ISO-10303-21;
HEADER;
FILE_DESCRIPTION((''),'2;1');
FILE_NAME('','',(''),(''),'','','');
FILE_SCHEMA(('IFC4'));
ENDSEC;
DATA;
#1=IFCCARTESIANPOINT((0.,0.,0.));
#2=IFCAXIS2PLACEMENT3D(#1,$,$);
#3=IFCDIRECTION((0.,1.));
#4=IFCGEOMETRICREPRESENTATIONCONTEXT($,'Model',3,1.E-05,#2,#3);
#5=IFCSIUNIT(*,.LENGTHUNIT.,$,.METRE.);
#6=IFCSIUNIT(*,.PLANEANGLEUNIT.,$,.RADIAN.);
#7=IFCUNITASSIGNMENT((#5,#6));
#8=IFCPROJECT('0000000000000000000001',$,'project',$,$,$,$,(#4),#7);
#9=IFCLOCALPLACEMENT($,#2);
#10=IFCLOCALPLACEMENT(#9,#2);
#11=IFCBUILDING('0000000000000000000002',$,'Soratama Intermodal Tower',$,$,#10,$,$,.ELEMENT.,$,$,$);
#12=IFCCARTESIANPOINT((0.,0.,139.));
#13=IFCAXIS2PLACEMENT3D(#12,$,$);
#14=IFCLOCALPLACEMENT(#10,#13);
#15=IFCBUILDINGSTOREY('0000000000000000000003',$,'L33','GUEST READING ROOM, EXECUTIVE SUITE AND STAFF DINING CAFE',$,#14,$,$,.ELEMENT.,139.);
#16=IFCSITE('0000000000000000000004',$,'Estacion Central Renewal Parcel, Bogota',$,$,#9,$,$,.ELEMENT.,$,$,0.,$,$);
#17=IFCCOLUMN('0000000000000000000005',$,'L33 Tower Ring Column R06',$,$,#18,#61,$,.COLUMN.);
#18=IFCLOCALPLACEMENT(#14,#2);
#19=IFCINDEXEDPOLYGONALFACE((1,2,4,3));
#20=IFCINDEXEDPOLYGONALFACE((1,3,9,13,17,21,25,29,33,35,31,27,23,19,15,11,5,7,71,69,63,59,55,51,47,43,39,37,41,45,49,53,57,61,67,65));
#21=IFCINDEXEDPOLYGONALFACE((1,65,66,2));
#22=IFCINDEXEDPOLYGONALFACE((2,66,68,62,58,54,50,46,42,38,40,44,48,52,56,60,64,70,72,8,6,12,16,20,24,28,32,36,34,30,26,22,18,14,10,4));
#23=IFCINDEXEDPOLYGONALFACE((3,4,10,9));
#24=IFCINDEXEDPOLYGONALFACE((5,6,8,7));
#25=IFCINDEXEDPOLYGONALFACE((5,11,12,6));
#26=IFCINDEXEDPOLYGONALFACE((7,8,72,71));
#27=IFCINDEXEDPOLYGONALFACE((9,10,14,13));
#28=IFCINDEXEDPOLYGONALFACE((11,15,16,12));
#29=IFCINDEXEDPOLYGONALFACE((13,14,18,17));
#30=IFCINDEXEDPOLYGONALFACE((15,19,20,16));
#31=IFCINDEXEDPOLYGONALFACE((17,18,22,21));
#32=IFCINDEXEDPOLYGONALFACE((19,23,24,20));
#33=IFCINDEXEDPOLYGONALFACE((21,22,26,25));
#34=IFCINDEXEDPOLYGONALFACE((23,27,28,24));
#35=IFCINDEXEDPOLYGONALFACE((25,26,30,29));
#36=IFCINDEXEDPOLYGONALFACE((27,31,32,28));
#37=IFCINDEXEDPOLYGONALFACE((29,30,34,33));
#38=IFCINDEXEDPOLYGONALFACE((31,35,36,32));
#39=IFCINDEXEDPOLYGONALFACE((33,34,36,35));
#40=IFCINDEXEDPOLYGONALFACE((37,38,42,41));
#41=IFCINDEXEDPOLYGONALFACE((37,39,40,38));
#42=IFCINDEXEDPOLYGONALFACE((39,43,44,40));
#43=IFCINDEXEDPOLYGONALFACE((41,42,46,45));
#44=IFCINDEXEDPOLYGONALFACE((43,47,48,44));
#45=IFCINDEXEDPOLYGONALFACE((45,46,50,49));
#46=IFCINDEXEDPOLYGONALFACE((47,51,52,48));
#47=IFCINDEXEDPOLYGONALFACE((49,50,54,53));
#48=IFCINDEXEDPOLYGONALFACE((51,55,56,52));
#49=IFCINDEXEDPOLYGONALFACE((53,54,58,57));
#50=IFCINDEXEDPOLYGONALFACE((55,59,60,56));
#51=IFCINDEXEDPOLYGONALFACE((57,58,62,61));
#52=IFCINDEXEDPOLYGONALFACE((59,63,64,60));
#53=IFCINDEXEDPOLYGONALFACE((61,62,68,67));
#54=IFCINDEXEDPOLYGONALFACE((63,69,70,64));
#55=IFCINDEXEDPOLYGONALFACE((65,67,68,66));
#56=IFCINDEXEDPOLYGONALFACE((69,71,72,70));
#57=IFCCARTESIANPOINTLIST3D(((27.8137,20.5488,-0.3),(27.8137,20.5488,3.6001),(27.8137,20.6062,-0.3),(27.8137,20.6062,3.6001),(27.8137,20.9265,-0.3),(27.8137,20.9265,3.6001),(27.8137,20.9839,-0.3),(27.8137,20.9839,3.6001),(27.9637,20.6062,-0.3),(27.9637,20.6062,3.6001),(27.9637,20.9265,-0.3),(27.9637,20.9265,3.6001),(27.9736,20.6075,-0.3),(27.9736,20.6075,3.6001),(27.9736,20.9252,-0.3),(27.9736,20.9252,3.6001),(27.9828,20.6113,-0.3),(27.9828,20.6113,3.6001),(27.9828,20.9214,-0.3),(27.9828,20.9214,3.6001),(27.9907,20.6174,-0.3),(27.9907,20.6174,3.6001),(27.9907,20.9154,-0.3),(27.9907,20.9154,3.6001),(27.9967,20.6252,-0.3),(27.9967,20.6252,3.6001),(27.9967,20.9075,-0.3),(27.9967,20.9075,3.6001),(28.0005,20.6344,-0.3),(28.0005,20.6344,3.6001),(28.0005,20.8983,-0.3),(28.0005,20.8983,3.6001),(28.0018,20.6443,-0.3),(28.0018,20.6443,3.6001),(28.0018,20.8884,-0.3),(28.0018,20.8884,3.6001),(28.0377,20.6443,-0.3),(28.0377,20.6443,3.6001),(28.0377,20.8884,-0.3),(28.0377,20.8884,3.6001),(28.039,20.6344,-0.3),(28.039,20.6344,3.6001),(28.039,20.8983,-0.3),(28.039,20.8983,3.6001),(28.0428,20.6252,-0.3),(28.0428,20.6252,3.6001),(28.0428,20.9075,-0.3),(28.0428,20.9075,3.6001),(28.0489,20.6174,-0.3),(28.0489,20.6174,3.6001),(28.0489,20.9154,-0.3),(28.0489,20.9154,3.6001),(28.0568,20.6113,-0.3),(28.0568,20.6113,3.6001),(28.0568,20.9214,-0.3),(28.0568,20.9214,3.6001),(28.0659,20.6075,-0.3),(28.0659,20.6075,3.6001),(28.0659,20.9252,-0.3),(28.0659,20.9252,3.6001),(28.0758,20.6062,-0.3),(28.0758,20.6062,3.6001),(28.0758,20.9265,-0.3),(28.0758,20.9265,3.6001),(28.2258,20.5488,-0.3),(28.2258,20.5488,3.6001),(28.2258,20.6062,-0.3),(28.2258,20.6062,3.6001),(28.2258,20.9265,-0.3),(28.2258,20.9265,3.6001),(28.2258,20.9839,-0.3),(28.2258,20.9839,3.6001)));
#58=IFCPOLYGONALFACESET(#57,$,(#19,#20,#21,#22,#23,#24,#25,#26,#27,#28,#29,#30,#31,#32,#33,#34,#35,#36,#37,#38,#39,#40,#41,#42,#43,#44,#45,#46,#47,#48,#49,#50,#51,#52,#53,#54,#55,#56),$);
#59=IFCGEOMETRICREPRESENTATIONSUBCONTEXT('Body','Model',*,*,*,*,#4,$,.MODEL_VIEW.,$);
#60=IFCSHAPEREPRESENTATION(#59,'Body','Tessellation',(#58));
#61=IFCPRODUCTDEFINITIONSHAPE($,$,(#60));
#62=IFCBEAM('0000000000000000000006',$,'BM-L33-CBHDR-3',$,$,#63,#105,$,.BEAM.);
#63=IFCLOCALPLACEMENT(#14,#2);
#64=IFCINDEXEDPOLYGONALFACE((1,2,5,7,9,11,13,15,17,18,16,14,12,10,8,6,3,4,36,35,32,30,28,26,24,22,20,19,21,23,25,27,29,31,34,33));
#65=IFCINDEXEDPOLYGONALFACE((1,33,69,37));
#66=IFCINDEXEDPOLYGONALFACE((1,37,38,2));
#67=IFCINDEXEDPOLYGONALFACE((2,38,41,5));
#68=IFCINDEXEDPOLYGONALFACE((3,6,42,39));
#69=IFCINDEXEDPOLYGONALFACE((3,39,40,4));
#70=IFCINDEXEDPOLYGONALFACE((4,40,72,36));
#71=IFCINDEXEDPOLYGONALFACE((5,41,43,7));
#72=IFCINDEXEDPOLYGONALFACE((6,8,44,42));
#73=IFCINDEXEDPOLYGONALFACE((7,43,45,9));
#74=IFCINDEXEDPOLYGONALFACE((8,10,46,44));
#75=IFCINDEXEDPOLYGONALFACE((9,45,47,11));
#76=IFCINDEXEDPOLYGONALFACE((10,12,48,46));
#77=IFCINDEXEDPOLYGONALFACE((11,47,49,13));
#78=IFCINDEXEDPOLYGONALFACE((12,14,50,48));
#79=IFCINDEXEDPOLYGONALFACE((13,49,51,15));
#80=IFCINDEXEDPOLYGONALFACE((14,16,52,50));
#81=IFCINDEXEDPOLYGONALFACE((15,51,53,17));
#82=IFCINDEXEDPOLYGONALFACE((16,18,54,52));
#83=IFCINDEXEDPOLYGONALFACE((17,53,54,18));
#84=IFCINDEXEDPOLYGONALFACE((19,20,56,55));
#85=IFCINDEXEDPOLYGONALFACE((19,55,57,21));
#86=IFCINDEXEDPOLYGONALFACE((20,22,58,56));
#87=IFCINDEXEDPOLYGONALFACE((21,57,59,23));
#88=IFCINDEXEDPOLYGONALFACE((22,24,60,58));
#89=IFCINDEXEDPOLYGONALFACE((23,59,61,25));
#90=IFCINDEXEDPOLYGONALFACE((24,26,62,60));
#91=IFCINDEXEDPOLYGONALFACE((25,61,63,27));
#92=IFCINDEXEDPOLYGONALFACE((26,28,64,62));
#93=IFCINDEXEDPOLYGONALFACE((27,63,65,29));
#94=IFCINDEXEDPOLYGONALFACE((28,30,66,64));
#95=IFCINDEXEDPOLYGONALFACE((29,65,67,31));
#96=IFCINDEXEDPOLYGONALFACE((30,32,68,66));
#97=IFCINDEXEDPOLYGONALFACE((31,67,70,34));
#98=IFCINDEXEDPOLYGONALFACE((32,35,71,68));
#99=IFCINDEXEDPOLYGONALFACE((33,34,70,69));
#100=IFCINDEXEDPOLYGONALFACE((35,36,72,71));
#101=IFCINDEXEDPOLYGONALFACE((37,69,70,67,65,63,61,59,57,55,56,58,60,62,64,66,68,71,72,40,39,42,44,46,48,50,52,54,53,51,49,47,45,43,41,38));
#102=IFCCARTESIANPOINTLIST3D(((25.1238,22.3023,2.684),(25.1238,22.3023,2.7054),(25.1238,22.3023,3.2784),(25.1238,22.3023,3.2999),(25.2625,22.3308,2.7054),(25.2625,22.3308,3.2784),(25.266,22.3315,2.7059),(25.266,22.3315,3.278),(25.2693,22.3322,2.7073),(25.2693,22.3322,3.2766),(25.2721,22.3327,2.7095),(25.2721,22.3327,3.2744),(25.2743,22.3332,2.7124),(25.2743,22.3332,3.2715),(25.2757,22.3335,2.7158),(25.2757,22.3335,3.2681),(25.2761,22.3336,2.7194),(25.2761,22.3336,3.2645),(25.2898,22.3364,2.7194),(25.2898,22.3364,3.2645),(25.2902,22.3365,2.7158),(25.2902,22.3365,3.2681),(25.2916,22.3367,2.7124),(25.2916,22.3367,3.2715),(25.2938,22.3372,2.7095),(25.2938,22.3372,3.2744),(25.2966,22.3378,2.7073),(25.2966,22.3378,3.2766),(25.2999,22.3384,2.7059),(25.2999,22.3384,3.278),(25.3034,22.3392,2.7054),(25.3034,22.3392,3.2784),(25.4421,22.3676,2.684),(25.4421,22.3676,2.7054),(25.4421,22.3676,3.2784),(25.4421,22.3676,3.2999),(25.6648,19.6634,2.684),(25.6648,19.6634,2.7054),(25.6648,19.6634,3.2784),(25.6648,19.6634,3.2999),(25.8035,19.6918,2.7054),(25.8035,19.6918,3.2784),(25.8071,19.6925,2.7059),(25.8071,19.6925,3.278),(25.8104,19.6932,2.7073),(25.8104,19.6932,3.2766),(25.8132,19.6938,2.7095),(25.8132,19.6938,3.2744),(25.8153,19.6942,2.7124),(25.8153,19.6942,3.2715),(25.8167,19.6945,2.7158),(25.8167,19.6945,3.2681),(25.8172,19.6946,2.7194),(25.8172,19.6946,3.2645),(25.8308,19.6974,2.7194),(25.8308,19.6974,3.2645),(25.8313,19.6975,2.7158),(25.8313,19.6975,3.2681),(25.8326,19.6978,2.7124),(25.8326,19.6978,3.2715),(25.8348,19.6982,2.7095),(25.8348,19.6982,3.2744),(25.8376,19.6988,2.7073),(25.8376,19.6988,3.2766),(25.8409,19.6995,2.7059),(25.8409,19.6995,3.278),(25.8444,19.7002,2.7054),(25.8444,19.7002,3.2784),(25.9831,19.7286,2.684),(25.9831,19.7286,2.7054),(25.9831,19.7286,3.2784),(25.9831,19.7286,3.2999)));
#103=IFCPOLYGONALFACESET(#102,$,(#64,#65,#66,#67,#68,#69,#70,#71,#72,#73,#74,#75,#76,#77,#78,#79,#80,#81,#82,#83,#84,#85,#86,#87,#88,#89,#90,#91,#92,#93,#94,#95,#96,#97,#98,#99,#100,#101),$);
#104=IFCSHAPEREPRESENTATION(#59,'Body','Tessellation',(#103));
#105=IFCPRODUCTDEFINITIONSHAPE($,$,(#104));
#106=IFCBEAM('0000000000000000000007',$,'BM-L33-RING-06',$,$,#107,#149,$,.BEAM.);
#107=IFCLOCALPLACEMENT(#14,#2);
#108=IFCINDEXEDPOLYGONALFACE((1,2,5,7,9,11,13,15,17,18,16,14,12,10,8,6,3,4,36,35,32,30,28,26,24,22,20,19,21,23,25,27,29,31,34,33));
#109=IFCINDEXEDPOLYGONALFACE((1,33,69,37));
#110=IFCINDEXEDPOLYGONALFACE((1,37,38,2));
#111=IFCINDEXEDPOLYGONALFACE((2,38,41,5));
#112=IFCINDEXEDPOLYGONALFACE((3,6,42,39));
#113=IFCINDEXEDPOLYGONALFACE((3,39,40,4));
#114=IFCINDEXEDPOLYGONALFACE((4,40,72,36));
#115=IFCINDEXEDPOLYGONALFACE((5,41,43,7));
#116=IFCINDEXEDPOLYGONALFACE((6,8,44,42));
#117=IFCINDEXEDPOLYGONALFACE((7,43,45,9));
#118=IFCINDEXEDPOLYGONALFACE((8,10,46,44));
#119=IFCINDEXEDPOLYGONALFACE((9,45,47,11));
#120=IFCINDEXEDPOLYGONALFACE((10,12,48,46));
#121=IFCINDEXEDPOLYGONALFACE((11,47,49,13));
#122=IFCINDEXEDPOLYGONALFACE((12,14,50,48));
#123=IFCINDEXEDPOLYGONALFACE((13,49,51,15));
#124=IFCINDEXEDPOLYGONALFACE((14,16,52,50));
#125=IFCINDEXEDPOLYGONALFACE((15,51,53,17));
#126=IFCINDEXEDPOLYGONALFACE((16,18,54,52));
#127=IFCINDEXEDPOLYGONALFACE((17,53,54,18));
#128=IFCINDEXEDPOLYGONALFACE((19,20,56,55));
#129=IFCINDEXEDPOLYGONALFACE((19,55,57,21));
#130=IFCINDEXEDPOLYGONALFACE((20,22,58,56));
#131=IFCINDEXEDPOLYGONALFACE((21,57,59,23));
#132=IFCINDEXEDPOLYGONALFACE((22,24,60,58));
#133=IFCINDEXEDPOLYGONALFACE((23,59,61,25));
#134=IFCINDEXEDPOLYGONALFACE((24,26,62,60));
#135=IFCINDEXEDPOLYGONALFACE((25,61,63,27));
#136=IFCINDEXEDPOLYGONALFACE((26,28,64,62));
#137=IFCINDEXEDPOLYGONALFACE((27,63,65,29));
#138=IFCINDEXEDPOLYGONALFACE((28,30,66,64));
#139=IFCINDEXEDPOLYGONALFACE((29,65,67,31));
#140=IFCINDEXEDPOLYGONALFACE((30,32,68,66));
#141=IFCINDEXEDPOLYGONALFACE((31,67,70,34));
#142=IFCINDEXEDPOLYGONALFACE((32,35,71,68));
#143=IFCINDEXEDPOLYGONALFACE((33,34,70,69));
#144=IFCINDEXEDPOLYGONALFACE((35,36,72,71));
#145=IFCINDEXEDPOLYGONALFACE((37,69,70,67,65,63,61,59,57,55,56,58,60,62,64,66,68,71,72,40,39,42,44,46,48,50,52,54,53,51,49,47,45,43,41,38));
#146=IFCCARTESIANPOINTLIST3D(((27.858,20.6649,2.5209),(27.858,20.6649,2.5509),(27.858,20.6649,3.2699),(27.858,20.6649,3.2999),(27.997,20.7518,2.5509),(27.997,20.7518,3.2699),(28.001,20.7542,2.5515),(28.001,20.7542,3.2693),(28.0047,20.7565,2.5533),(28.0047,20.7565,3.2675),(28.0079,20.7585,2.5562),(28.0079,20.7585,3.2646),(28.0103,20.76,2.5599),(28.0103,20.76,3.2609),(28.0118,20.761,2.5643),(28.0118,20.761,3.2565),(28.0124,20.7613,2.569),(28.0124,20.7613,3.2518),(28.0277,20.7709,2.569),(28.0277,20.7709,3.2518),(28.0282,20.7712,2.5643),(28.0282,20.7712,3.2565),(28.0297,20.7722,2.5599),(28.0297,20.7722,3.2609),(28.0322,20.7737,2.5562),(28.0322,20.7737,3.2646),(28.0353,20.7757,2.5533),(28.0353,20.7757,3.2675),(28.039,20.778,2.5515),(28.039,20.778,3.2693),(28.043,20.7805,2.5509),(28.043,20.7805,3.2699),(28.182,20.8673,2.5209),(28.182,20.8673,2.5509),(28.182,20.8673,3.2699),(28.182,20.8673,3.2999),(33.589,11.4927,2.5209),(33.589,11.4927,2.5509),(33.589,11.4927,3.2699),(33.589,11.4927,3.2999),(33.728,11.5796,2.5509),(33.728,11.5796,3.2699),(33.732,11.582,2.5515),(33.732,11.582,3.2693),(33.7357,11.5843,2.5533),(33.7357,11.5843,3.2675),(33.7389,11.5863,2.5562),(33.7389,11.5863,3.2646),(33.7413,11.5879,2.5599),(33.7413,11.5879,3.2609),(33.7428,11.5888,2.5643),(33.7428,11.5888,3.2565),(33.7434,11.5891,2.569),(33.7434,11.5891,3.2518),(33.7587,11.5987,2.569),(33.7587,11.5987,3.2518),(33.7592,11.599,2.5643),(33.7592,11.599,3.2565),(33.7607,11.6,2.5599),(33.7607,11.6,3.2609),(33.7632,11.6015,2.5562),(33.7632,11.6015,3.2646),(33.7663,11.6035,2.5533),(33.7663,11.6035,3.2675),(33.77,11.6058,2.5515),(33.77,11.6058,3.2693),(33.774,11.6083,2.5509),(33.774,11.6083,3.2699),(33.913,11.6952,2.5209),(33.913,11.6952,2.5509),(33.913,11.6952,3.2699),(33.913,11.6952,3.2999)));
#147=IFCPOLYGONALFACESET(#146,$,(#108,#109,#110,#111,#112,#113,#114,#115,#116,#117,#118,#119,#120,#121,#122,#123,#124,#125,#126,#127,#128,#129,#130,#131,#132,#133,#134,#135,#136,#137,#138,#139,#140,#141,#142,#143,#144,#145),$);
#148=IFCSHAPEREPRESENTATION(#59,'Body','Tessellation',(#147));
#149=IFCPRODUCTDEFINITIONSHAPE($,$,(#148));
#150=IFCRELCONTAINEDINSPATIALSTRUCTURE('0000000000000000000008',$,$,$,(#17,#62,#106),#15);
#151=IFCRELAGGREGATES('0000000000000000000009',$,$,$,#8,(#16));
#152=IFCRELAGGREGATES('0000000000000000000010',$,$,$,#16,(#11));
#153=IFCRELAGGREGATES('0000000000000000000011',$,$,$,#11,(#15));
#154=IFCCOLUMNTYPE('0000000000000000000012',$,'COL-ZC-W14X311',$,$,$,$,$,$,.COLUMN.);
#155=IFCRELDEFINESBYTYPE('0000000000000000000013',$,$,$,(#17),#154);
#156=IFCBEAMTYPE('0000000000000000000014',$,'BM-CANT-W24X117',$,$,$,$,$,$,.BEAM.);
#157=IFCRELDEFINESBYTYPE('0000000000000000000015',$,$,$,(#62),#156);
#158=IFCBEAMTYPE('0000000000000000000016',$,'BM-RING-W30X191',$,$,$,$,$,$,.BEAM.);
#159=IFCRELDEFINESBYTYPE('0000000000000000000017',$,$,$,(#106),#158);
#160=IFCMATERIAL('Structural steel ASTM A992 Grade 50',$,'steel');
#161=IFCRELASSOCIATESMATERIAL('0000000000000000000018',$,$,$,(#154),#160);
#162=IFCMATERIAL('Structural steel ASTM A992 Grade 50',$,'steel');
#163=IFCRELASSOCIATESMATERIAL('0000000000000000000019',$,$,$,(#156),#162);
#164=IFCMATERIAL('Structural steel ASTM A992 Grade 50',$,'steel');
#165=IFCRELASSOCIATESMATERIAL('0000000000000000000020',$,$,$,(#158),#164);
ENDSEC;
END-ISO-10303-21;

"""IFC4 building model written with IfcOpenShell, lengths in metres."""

from ifc_helpers import new_model, si_unit, direction, frame, origin, origin_2d, place, context, subcontext, project, spatial, i_section, extrude, material, material_profile, profile_set, type_object, element, save


model = new_model("IFC4")

# Units and contexts
model_context = context("Model", 3, precision=1e-05, world=origin(), true_north=direction((0.0, 1.0)))
body_context = subcontext(model_context, "Body", "Model", "MODEL_VIEW")
ifc_project = project(units=[si_unit("LENGTHUNIT", "METRE"), si_unit("PLANEANGLEUNIT", "RADIAN")], contexts=[model_context])

# Site, building, storey
site_placement = place(None, origin())
site = spatial("IfcSite", under=ifc_project, at=site_placement, Name="Estacion Central Renewal Parcel, Bogota", CompositionType="ELEMENT", RefElevation=0.0)
building_placement = place(site_placement, origin())
building = spatial("IfcBuilding", under=site, at=building_placement, Name="Soratama Intermodal Tower", CompositionType="ELEMENT")
storey_placement = place(building_placement, frame((0.0, 0.0, 139.0)))
storey = spatial("IfcBuildingStorey", under=building, at=storey_placement, Name="L33", Description="GUEST READING ROOM, EXECUTIVE SUITE AND STAFF DINING CAFE", CompositionType="ELEMENT", Elevation=139.0)

# Column
ifc_material_1 = material(Name="Structural steel ASTM A992 Grade 50", Category="steel")
ifc_material_profile_1 = material_profile(ifc_material_1, i_section(OverallWidth=0.4121, OverallDepth=0.4351, WebThickness=0.0359, FlangeThickness=0.0574, FilletRadius=0.0381, at=origin_2d()), Name="W14X311")
ifc_profile_set_1 = profile_set([ifc_material_profile_1], Name="Structural steel ASTM A992 Grade 50")
column_type = type_object("IfcColumnType", Name="COL-ZC-W14X311", PredefinedType="COLUMN", material=ifc_profile_set_1)
column_placement = place(storey_placement, frame((28.0198, 20.7664, -0.3), z_axis=(0.0, 0.0, 1.0), x_axis=(1.0, 0.0, 0.0)))
element("IfcColumn", 1, at=column_placement, inside=storey, type_object=column_type, Name="L33 Tower Ring Column R06", PredefinedType="COLUMN", context=body_context, shape_type="SweptSolid", body=[
    extrude(i_section(OverallWidth=0.4121, OverallDepth=0.4351, WebThickness=0.0359, FlangeThickness=0.0574, FilletRadius=0.0381, at=origin_2d()), origin(), (0.0, 0.0, 1.0), 3.9001),
])

# Beams
ifc_material_2 = material(Name="Structural steel ASTM A992 Grade 50", Category="steel")
ifc_material_profile_2 = material_profile(ifc_material_2, i_section(OverallWidth=0.325, OverallDepth=0.616, WebThickness=0.0139, FlangeThickness=0.0215, FilletRadius=0.0139, at=origin_2d()), Name="W24X117")
ifc_profile_set_2 = profile_set([ifc_material_profile_2], Name="Structural steel ASTM A992 Grade 50")
beam_type_1 = type_object("IfcBeamType", Name="BM-CANT-W24X117", PredefinedType="BEAM", material=ifc_profile_set_2)
beam_1_placement = place(storey_placement, frame((25.283, 22.335, 2.9919), z_axis=(0.200837, -0.979625, 0.0), x_axis=(0.979625, 0.200837, 0.0)))
element("IfcBeam", 2, at=beam_1_placement, inside=storey, type_object=beam_type_1, Name="BM-L33-CBHDR-3", PredefinedType="BEAM", context=body_context, shape_type="SweptSolid", body=[
    extrude(i_section(OverallWidth=0.325, OverallDepth=0.616, WebThickness=0.0139, FlangeThickness=0.0215, FilletRadius=0.0139, at=origin_2d()), origin(), (0.0, 0.0, 1.0), 2.6938),
])
ifc_material_3 = material(Name="Structural steel ASTM A992 Grade 50", Category="steel")
ifc_material_profile_3 = material_profile(ifc_material_3, i_section(OverallWidth=0.3821, OverallDepth=0.7791, WebThickness=0.0181, FlangeThickness=0.03, FilletRadius=0.0181, at=origin_2d()), Name="W30X191")
ifc_profile_set_3 = profile_set([ifc_material_profile_3], Name="Structural steel ASTM A992 Grade 50")
beam_type_2 = type_object("IfcBeamType", Name="BM-RING-W30X191", PredefinedType="BEAM", material=ifc_profile_set_3)
beam_2_placement = place(storey_placement, frame((28.02, 20.7661, 2.9104), z_axis=(0.529891, -0.848066, 0.0), x_axis=(0.848066, 0.529891, 0.0)))
element("IfcBeam", 3, at=beam_2_placement, inside=storey, type_object=beam_type_2, Name="BM-L33-RING-06", PredefinedType="BEAM", context=body_context, shape_type="SweptSolid", body=[
    extrude(i_section(OverallWidth=0.3821, OverallDepth=0.7791, WebThickness=0.0181, FlangeThickness=0.03, FilletRadius=0.0181, at=origin_2d()), origin(), (0.0, 0.0, 1.0), 10.8154),
])

save(model, "model.ifc")
